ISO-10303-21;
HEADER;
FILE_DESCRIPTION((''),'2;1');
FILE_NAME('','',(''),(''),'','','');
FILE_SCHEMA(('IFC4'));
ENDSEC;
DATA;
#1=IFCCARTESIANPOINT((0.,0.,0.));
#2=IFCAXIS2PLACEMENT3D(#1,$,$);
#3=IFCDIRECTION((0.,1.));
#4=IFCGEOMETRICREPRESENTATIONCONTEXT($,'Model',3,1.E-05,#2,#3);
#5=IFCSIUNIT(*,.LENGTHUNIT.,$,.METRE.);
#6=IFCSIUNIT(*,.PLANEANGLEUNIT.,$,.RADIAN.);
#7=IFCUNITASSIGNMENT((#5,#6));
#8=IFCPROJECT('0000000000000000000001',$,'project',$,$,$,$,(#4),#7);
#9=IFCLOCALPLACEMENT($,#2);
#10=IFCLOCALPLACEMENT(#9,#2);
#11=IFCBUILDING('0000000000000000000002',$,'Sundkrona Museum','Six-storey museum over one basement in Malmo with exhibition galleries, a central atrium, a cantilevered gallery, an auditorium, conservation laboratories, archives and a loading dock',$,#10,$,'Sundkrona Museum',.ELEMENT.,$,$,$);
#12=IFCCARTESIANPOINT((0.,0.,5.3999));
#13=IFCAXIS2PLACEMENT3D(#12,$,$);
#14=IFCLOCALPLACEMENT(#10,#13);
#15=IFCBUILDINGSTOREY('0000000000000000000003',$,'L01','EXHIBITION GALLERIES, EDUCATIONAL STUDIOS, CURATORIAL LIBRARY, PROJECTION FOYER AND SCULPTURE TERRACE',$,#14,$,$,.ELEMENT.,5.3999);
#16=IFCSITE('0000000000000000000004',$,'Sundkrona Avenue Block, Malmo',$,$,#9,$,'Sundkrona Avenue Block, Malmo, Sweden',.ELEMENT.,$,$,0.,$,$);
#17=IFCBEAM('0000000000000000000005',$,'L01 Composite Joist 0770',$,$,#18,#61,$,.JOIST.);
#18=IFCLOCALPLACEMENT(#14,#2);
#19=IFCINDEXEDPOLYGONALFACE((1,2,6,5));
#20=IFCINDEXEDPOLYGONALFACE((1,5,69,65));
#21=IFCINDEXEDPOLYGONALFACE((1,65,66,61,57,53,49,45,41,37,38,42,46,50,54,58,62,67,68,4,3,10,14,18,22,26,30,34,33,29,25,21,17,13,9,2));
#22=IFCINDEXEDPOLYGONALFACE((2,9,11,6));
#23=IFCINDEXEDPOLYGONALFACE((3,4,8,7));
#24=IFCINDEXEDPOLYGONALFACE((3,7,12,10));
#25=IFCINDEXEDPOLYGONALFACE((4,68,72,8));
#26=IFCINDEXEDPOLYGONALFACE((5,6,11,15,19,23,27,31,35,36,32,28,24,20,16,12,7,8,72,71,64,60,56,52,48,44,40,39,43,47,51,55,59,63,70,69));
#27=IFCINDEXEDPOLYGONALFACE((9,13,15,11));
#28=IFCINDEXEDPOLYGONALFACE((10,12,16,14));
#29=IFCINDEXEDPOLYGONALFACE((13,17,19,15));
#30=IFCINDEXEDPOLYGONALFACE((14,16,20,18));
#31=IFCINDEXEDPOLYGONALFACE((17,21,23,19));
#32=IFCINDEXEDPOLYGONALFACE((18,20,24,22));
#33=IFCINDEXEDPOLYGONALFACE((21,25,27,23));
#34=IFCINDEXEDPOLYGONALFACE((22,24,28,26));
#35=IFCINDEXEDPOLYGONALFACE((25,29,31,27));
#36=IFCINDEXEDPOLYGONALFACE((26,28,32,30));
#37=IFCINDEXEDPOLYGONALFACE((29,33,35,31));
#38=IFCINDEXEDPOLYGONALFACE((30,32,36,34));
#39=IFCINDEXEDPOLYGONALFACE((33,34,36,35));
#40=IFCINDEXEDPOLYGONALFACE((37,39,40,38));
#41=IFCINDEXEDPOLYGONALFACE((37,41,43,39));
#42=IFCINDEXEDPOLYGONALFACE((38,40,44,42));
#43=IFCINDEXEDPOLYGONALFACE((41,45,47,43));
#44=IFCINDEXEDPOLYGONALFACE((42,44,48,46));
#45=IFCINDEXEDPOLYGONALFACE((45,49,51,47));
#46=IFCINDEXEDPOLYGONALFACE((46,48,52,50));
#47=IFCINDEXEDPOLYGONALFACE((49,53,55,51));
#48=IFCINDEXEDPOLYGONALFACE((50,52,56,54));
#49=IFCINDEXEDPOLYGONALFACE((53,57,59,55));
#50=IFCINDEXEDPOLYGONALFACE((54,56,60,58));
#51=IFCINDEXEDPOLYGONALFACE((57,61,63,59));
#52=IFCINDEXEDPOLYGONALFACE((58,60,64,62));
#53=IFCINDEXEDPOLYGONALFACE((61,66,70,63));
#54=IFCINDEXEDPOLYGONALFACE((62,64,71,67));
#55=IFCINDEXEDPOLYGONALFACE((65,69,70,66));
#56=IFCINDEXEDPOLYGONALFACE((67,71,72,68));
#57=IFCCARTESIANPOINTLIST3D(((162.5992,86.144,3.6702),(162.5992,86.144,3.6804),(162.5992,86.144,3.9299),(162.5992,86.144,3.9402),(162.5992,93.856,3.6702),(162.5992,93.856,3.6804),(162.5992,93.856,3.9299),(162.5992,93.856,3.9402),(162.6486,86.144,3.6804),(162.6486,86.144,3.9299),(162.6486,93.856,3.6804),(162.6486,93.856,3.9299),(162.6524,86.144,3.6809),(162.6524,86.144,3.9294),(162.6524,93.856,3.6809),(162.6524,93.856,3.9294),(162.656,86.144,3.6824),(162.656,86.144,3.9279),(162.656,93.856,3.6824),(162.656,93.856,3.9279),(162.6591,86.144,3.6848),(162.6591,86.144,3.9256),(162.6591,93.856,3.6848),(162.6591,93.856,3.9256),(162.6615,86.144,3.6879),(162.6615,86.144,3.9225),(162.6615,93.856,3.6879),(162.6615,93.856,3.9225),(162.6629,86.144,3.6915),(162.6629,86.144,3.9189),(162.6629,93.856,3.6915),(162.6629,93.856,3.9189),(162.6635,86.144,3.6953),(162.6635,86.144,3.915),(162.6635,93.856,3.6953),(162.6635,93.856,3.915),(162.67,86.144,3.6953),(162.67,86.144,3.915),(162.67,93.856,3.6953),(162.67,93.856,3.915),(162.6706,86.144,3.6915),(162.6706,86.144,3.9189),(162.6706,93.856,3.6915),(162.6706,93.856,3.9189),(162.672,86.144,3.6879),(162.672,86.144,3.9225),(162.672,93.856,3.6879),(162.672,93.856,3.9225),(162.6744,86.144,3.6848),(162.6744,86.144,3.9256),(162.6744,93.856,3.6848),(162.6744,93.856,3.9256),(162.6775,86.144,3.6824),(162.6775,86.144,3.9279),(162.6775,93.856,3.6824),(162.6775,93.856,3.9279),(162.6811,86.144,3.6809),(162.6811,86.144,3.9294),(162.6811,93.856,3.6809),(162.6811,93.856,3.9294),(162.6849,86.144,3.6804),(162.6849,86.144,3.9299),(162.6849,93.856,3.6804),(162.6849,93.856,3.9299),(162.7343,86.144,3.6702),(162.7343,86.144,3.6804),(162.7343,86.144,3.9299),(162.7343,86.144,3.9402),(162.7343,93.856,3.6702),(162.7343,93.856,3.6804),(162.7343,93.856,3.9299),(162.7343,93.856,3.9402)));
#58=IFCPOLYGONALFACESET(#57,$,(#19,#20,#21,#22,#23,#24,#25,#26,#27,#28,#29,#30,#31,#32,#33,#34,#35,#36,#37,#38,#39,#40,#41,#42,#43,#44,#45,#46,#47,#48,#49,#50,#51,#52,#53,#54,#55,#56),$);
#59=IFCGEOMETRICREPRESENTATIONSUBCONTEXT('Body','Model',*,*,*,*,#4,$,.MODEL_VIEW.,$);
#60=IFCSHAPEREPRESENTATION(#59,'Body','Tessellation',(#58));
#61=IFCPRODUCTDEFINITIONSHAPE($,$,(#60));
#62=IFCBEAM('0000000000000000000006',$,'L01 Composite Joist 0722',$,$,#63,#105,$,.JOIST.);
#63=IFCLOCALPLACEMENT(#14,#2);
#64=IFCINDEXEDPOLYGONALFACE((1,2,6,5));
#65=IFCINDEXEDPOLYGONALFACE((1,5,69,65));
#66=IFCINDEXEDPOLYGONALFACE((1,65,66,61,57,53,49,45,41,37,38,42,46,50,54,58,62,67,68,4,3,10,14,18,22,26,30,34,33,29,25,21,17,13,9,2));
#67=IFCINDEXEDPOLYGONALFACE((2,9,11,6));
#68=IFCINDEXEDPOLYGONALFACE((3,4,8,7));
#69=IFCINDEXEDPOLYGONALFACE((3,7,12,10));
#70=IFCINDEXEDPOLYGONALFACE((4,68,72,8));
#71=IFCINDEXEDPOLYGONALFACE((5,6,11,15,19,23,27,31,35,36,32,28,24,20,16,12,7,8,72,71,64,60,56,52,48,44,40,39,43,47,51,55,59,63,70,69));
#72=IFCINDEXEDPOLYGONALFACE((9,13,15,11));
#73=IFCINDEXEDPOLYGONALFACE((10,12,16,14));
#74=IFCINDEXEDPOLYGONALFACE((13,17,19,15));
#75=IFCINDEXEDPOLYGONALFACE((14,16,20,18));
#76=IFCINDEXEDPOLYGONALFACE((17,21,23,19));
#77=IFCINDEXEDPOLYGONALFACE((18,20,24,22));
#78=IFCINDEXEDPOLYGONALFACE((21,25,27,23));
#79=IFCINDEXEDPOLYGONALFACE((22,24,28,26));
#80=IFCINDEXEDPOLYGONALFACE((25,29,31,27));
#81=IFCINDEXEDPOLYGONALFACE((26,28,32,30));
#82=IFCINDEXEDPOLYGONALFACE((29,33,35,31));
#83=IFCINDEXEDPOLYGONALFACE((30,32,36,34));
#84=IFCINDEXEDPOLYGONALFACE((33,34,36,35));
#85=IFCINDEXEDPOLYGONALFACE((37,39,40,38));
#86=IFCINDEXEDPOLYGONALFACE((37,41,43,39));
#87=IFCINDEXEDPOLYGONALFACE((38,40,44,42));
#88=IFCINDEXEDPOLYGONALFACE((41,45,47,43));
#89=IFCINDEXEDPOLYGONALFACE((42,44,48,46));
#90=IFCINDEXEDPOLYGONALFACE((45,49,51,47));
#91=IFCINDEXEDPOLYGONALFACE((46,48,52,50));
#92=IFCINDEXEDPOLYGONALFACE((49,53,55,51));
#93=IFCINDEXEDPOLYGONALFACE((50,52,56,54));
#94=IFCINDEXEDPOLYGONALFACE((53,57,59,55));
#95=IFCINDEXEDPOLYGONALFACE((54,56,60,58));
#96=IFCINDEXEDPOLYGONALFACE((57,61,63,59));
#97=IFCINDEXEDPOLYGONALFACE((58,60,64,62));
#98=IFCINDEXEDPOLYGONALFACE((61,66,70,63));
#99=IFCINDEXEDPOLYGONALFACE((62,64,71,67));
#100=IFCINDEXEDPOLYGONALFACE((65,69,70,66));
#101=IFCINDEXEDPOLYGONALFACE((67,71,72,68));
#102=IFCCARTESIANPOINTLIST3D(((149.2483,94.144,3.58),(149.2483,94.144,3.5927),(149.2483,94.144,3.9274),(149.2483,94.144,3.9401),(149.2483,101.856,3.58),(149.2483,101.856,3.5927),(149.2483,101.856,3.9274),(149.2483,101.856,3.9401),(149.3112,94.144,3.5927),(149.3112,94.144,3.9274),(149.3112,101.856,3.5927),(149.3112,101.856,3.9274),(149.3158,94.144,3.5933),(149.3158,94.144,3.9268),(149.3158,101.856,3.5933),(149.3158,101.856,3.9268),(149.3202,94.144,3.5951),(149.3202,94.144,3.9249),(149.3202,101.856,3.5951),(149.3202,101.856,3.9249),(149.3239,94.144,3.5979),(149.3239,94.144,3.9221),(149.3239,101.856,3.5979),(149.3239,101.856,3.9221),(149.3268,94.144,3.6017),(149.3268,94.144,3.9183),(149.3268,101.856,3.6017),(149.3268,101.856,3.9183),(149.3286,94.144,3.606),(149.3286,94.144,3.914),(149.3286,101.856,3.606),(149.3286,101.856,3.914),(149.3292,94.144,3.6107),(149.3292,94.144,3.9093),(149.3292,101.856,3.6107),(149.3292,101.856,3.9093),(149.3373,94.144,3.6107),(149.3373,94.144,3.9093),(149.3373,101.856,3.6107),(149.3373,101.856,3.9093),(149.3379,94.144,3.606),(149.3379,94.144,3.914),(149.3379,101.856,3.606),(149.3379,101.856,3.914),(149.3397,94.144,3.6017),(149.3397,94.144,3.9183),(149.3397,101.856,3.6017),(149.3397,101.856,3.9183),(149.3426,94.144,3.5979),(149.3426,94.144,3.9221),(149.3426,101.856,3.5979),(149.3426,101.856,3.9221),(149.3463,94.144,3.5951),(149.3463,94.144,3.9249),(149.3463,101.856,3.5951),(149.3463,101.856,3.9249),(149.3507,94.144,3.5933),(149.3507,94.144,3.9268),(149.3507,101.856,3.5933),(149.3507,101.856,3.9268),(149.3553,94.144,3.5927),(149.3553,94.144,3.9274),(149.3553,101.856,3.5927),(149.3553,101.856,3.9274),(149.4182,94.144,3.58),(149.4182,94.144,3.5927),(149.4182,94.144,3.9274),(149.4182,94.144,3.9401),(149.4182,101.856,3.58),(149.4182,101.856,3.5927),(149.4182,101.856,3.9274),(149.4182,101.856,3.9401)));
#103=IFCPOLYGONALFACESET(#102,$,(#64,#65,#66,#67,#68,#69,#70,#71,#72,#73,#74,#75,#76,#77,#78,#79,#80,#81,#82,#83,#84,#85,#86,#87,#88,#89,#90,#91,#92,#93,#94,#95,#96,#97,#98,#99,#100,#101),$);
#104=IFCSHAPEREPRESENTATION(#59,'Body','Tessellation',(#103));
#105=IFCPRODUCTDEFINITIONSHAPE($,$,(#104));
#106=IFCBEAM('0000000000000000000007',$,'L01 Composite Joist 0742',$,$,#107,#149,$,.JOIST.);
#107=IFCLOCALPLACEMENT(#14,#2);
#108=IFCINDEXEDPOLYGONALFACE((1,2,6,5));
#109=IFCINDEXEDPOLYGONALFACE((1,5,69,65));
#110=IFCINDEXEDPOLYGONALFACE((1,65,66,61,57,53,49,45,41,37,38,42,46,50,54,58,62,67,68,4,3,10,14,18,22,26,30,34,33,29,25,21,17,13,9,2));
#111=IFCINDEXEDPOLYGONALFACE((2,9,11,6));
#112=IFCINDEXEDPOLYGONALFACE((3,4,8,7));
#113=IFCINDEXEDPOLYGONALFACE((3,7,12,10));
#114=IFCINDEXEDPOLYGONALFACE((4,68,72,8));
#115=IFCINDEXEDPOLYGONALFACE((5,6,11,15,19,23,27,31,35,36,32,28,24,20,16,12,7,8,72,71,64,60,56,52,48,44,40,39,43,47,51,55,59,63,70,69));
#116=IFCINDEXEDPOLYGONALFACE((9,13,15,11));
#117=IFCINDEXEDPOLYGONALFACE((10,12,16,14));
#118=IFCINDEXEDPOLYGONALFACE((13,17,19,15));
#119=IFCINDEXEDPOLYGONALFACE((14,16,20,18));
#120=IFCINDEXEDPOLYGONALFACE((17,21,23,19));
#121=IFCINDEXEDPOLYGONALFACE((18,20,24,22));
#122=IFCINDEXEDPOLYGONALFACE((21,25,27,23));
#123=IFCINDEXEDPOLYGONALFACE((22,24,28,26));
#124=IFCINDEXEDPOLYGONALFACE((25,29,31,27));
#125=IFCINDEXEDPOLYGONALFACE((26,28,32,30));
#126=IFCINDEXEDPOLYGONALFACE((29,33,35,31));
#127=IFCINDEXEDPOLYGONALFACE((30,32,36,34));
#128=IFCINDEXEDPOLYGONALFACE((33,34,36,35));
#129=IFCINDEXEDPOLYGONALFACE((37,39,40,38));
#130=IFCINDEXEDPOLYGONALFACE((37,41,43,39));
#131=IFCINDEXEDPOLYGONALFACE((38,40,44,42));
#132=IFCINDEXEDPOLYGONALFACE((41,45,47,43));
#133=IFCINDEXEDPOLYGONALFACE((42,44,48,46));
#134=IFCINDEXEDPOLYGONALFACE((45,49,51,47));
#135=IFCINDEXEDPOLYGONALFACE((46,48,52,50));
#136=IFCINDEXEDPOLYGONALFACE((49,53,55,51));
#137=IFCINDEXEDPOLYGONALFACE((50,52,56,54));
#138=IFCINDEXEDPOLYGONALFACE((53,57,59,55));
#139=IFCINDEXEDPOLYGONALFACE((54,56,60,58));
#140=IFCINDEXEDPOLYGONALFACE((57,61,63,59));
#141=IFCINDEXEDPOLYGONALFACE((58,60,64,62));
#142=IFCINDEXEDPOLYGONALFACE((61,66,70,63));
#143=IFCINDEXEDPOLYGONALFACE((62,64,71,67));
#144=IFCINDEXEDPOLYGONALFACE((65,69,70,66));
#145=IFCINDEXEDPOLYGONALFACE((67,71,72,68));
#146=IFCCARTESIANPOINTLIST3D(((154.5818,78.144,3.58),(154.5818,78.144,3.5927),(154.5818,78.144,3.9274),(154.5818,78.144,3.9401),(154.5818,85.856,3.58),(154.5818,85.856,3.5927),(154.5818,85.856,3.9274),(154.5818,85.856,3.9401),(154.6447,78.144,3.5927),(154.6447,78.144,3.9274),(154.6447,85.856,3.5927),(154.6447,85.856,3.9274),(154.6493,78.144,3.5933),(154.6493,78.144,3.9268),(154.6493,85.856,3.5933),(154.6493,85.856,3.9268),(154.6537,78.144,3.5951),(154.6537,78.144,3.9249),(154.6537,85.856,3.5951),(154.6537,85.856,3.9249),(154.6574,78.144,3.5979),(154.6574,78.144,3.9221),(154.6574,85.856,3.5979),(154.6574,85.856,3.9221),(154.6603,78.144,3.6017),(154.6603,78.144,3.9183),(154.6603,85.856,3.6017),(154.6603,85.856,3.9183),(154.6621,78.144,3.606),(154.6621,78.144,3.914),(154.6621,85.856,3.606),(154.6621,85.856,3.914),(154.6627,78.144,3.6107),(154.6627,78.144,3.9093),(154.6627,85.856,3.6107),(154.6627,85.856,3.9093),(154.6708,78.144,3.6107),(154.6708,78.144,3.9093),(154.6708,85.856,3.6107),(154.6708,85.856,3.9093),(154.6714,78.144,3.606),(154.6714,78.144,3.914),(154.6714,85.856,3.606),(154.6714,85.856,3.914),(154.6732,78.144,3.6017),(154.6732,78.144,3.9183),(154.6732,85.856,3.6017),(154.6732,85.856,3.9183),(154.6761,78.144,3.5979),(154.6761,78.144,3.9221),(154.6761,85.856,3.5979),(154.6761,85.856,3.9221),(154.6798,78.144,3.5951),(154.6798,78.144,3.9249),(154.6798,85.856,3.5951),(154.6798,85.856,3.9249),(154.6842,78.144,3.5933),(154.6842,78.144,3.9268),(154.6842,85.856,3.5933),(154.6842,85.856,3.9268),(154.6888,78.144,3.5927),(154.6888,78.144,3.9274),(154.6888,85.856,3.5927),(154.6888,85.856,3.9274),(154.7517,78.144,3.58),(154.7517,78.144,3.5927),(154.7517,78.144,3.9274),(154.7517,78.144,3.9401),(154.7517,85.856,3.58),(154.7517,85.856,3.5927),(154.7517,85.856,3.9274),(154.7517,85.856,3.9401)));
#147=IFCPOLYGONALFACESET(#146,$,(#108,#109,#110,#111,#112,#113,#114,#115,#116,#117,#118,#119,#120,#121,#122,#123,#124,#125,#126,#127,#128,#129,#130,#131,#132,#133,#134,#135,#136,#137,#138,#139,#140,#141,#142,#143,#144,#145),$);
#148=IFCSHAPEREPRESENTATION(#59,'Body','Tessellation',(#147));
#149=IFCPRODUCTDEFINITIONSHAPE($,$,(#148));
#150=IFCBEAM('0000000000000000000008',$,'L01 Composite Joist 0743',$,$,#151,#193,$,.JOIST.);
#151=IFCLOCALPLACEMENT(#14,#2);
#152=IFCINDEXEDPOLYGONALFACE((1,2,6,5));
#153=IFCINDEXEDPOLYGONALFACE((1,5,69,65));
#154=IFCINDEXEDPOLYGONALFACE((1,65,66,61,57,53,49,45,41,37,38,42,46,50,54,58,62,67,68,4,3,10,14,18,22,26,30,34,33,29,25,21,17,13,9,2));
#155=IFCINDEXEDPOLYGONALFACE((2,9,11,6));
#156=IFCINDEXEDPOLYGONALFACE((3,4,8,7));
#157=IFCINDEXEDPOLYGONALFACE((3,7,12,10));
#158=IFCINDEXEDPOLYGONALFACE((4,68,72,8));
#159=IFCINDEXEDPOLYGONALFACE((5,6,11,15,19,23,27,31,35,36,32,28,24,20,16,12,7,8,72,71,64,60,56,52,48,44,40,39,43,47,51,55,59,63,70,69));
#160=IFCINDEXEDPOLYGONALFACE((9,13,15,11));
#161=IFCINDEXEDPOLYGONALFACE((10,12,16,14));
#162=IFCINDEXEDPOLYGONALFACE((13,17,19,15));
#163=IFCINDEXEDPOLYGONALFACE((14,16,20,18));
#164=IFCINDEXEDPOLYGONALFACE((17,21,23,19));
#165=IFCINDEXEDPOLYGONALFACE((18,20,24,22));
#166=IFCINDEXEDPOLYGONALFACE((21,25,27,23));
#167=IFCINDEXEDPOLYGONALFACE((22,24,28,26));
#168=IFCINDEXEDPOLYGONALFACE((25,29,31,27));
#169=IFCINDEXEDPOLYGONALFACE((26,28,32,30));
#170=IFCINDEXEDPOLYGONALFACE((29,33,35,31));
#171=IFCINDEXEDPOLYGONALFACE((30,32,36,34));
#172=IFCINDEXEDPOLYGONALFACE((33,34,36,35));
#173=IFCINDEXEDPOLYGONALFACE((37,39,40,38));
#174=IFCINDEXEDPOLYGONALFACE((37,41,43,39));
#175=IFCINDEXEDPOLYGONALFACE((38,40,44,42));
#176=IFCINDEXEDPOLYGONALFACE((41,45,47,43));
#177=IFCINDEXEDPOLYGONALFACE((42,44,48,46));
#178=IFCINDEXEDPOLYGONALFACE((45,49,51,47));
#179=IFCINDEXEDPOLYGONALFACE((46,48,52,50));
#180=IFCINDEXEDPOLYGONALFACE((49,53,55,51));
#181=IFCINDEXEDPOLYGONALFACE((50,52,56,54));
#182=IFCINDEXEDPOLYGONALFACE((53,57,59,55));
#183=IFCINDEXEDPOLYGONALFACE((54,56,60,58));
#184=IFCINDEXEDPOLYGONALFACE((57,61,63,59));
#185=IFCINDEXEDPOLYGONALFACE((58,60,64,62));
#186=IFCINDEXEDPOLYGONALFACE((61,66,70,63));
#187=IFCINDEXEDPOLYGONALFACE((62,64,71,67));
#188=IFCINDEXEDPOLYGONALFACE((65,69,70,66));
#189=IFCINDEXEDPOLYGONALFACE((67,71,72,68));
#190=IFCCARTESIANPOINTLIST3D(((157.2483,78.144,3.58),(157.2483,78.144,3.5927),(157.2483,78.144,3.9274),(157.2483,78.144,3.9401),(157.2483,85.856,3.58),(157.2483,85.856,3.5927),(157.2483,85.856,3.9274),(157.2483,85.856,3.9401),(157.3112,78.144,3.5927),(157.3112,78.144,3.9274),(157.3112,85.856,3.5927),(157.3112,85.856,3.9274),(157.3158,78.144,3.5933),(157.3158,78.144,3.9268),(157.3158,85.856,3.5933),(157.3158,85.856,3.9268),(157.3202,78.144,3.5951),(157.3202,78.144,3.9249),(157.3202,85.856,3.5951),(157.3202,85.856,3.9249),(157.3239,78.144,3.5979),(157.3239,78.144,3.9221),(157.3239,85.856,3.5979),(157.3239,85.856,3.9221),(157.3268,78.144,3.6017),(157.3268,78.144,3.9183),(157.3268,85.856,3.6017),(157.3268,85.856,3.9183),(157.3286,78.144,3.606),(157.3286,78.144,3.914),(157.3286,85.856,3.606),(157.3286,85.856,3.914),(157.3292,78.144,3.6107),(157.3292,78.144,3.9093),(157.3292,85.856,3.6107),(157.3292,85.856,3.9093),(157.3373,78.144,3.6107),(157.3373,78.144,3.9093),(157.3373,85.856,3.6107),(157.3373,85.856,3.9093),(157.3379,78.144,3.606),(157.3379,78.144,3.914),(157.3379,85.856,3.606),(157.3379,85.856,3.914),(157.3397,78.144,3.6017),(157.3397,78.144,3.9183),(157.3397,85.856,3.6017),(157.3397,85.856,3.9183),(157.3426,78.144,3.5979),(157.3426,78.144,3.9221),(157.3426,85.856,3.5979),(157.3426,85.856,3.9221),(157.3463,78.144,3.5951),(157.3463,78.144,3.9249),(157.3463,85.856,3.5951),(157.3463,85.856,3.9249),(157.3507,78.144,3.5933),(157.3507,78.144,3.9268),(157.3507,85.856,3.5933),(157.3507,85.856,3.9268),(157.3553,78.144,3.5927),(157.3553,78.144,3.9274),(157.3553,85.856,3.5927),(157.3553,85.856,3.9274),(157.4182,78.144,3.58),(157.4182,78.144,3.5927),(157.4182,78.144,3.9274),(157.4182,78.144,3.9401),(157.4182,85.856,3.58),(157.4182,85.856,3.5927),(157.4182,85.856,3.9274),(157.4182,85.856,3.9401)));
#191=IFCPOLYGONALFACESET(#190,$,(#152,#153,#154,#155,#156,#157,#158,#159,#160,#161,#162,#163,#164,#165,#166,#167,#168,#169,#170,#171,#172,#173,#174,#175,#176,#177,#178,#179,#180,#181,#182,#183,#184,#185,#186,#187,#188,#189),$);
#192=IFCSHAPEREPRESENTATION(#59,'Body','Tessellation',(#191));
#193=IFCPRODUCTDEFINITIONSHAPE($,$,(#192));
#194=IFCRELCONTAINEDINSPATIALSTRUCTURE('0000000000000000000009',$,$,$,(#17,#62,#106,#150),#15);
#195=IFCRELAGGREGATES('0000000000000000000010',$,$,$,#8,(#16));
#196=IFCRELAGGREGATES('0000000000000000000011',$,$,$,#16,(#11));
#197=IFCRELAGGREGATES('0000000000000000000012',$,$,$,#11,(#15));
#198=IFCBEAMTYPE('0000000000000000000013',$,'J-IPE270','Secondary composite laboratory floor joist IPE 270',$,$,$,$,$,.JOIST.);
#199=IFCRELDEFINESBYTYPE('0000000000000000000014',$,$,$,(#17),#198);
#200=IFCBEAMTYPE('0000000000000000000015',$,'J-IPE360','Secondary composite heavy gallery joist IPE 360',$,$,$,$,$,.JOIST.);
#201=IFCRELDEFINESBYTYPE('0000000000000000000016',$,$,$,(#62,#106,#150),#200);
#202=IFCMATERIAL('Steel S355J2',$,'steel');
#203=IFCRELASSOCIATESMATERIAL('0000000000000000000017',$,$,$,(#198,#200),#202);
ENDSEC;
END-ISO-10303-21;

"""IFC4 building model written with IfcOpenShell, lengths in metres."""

from ifc_helpers import new_model, si_unit, direction, frame, origin, origin_2d, place, context, subcontext, project, spatial, i_section, extrude, material, material_profile, profile_set, type_object, element, save


model = new_model("IFC4")

# Units and contexts
model_context = context("Model", 3, precision=1e-05, world=origin(), true_north=direction((0.0, 1.0)))
body_context = subcontext(model_context, "Body", "Model", "MODEL_VIEW")
ifc_project = project(units=[si_unit("LENGTHUNIT", "METRE"), si_unit("PLANEANGLEUNIT", "RADIAN")], contexts=[model_context])

# Site, building, storey
site_placement = place(None, origin())
site = spatial("IfcSite", under=ifc_project, at=site_placement, Name="Sundkrona Avenue Block, Malmo", LongName="Sundkrona Avenue Block, Malmo, Sweden", CompositionType="ELEMENT", RefElevation=0.0)
building_placement = place(site_placement, origin())
building = spatial("IfcBuilding", under=site, at=building_placement, Name="Sundkrona Museum", Description="Six-storey museum over one basement in Malmo with exhibition galleries, a central atrium, a cantilevered gallery, an auditorium, conservation laboratories, archives and a loading dock", LongName="Sundkrona Museum", CompositionType="ELEMENT")
storey_placement = place(building_placement, frame((0.0, 0.0, 5.3999)))
storey = spatial("IfcBuildingStorey", under=building, at=storey_placement, Name="L01", Description="EXHIBITION GALLERIES, EDUCATIONAL STUDIOS, CURATORIAL LIBRARY, PROJECTION FOYER AND SCULPTURE TERRACE", CompositionType="ELEMENT", Elevation=5.3999)

# Shared definitions
ifc_material_1 = material(Name="Steel S355J2", Category="steel")

# Beams
ifc_material_profile_1 = material_profile(ifc_material_1, i_section(OverallWidth=0.135, OverallDepth=0.27, WebThickness=0.0066, FlangeThickness=0.0103, FilletRadius=0.0149, at=origin_2d()), Name="IPE 270")
ifc_profile_set_1 = profile_set([ifc_material_profile_1], Name="Steel S355J2")
beam_type_1 = type_object("IfcBeamType", Name="J-IPE270", Description="Secondary composite laboratory floor joist IPE 270", PredefinedType="JOIST", material=ifc_profile_set_1)
beam_1_placement = place(storey_placement, frame((162.6667, 86.144, 3.8052), z_axis=(0.0, 1.0, 0.0), x_axis=(-1.0, 0.0, 0.0)))
element("IfcBeam", 1, at=beam_1_placement, inside=storey, type_object=beam_type_1, Name="L01 Composite Joist 0770", PredefinedType="JOIST", context=body_context, shape_type="SweptSolid", body=[
    extrude(i_section(OverallWidth=0.135, OverallDepth=0.27, WebThickness=0.0066, FlangeThickness=0.0103, FilletRadius=0.0149, at=origin_2d()), origin(), (0.0, 0.0, 1.0), 7.7119),
])
ifc_material_profile_2 = material_profile(ifc_material_1, i_section(OverallWidth=0.1699, OverallDepth=0.3601, WebThickness=0.0081, FlangeThickness=0.0127, FilletRadius=0.0181, at=origin_2d()), Name="IPE 360")
ifc_profile_set_2 = profile_set([ifc_material_profile_2], Name="Steel S355J2")
beam_type_2 = type_object("IfcBeamType", Name="J-IPE360", Description="Secondary composite heavy gallery joist IPE 360", PredefinedType="JOIST", material=ifc_profile_set_2)
for number, where, z_axis, x_axis, name in (
    (2, (149.3333, 94.144, 3.76), (0.0, 1.0, 0.0), (-1.0, 0.0, 0.0), "L01 Composite Joist 0722"),
    (3, (154.6667, 78.144, 3.76), (0.0, 1.0, 0.0), (-1.0, 0.0, 0.0), "L01 Composite Joist 0742"),
    (4, (157.3333, 78.144, 3.76), (0.0, 1.0, 0.0), (-1.0, 0.0, 0.0), "L01 Composite Joist 0743"),
):
    element("IfcBeam", number, at=place(storey_placement, frame(where, z_axis=z_axis, x_axis=x_axis)), inside=storey, type_object=beam_type_2, Name=name, PredefinedType="JOIST", context=body_context, shape_type="SweptSolid", body=[
        extrude(i_section(OverallWidth=0.1699, OverallDepth=0.3601, WebThickness=0.0081, FlangeThickness=0.0127, FilletRadius=0.0181, at=origin_2d()), origin(), (0.0, 0.0, 1.0), 7.7119),
    ])

save(model, "model.ifc")
